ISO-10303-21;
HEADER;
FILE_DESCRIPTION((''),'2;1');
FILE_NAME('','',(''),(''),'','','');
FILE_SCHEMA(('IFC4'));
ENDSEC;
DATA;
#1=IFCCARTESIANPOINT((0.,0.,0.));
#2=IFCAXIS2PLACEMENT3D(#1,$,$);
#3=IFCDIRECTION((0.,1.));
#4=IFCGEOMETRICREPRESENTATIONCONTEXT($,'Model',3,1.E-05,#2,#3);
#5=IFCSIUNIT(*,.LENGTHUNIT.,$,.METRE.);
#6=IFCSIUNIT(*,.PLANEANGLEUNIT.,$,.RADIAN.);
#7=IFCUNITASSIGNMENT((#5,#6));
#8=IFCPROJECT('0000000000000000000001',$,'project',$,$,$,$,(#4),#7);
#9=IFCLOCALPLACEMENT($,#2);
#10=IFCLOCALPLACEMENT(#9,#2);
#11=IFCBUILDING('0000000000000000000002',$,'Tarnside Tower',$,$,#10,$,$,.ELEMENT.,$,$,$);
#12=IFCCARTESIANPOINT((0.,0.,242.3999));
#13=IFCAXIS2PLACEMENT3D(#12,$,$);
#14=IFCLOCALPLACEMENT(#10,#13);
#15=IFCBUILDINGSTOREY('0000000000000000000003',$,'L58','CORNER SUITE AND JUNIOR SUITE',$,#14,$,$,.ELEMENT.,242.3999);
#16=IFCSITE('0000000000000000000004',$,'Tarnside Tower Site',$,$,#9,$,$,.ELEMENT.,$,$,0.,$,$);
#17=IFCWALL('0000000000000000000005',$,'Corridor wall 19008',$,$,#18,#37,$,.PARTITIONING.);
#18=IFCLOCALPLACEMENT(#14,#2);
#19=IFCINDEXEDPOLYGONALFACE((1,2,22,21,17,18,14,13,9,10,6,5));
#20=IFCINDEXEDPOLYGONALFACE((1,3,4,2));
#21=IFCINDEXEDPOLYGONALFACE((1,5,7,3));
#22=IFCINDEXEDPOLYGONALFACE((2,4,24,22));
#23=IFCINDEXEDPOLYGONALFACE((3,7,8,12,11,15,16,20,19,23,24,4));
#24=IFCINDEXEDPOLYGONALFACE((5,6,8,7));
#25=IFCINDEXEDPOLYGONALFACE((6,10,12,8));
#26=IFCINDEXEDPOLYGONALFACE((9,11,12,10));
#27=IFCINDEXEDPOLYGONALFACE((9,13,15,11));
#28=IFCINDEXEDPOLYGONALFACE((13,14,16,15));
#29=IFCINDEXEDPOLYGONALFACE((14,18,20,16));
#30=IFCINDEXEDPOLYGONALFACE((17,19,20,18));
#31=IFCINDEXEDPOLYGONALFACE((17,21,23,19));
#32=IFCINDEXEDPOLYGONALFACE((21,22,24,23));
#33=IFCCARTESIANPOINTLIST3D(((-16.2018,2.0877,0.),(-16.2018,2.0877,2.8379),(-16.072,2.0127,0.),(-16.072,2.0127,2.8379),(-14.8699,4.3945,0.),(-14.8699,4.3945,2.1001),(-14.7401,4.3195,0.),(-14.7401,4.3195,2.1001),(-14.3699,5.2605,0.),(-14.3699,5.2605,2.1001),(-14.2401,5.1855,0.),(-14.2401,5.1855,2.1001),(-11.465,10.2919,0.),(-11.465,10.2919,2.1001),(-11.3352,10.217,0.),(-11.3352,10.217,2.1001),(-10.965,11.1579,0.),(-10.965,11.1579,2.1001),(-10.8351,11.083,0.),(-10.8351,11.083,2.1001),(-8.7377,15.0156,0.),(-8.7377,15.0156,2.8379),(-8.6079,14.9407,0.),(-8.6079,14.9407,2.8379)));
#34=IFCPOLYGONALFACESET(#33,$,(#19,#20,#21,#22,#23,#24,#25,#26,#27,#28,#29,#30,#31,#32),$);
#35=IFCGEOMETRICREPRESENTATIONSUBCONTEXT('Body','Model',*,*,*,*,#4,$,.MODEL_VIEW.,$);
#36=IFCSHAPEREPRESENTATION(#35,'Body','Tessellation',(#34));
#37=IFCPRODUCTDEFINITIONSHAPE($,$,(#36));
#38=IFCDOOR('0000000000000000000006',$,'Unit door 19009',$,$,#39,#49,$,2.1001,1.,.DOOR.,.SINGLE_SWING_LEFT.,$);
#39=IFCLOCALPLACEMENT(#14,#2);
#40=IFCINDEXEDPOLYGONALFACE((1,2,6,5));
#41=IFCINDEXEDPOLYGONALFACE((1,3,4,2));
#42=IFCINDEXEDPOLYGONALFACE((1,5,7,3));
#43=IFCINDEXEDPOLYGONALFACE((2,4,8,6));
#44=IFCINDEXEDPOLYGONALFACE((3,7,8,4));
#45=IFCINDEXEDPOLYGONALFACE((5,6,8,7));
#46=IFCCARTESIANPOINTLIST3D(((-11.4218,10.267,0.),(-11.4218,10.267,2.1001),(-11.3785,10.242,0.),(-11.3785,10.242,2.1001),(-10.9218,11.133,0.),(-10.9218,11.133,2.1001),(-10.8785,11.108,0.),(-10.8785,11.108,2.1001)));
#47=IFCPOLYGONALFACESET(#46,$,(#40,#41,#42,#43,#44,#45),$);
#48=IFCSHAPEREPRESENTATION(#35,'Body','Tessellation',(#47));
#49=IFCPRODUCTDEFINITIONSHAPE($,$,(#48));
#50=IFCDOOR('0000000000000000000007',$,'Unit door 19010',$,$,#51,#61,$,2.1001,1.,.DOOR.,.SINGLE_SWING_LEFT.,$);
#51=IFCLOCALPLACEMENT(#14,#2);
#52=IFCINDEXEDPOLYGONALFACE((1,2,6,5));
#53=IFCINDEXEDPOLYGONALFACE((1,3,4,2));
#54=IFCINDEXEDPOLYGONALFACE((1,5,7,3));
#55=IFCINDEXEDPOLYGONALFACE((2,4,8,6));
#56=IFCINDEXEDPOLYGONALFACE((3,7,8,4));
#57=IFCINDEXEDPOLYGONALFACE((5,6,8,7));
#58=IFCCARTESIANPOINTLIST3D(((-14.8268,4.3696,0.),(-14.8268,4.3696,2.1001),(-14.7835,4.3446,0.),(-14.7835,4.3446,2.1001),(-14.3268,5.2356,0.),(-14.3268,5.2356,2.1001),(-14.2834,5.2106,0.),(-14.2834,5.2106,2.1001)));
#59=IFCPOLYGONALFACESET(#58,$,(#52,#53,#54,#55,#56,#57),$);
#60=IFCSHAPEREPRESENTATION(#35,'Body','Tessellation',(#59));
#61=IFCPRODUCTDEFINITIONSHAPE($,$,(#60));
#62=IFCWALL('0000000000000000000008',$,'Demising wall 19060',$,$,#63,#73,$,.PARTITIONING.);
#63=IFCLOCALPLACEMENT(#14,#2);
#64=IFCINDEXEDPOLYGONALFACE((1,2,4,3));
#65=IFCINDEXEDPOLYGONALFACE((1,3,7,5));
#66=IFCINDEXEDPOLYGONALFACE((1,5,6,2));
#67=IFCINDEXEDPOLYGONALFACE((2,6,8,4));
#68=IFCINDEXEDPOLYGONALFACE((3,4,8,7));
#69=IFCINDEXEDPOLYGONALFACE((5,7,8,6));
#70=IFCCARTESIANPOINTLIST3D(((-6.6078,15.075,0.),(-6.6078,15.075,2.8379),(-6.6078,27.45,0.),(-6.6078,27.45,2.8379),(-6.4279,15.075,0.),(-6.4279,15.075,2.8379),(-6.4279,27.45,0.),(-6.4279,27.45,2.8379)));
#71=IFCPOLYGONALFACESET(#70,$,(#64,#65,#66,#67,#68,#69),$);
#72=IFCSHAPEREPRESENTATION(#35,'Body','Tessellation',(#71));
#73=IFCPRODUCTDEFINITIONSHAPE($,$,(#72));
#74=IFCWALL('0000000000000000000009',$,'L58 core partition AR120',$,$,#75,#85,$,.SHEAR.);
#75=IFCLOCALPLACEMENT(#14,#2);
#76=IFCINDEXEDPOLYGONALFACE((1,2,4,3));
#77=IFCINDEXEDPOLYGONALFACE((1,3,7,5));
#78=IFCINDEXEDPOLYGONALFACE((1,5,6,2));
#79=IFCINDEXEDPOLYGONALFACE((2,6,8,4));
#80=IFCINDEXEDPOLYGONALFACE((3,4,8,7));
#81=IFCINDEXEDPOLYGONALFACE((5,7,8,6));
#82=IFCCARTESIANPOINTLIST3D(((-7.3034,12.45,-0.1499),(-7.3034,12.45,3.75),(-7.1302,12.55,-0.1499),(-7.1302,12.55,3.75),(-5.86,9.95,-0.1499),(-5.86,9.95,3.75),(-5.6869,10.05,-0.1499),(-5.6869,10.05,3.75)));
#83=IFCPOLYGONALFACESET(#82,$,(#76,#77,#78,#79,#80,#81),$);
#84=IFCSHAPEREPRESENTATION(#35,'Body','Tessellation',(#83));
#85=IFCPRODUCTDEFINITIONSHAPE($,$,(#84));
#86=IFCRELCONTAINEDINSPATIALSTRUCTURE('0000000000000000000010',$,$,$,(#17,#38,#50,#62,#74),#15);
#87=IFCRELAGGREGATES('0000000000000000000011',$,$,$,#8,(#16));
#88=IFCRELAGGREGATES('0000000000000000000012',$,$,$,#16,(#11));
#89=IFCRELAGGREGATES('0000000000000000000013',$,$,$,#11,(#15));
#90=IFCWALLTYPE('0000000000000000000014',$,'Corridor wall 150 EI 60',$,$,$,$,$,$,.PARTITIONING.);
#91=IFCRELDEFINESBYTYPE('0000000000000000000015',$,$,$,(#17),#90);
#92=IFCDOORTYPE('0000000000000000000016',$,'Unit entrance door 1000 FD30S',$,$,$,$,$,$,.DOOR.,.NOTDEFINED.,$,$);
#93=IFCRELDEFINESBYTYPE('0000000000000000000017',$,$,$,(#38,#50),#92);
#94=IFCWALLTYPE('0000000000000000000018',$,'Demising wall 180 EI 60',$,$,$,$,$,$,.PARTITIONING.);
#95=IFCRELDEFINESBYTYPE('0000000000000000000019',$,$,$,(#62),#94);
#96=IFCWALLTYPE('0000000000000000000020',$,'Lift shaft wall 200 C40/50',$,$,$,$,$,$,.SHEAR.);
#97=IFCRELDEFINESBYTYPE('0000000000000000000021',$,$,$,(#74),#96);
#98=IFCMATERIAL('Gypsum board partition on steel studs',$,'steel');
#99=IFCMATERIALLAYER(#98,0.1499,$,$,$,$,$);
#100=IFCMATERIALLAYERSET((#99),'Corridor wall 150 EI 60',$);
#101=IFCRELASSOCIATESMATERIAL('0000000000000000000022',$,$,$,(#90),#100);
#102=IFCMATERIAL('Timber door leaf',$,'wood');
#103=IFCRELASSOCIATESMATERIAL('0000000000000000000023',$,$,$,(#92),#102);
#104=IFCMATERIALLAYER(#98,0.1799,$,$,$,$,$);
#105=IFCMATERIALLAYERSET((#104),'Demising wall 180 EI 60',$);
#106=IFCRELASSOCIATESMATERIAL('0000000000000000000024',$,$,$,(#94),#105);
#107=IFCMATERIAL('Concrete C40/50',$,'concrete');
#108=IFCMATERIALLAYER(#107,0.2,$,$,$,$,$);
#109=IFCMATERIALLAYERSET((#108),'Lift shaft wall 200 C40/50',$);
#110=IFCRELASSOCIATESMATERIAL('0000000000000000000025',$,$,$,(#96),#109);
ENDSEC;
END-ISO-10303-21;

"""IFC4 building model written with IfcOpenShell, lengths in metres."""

from ifc_helpers import new_model, si_unit, direction, frame, frame_2d, origin, place, context, subcontext, project, spatial, rectangle, extrude, material, layer, layer_set, type_object, element, fill, save


model = new_model("IFC4")

# Units and contexts
model_context = context("Model", 3, precision=1e-05, world=origin(), true_north=direction((0.0, 1.0)))
body_context = subcontext(model_context, "Body", "Model", "MODEL_VIEW")
ifc_project = project(units=[si_unit("LENGTHUNIT", "METRE"), si_unit("PLANEANGLEUNIT", "RADIAN")], contexts=[model_context])

# Site, building, storey
site_placement = place(None, origin())
site = spatial("IfcSite", under=ifc_project, at=site_placement, Name="Tarnside Tower Site", CompositionType="ELEMENT", RefElevation=0.0)
building_placement = place(site_placement, origin())
building = spatial("IfcBuilding", under=site, at=building_placement, Name="Tarnside Tower", CompositionType="ELEMENT")
storey_placement = place(building_placement, frame((0.0, 0.0, 242.3999)))
storey = spatial("IfcBuildingStorey", under=building, at=storey_placement, Name="L58", Description="CORNER SUITE AND JUNIOR SUITE", CompositionType="ELEMENT", Elevation=242.3999)

# Shared definitions
ifc_material_1 = material(Name="Gypsum board partition on steel studs", Category="steel")

# Wall, openings, doors
ifc_layer_1 = layer(ifc_material_1, 0.1499)
ifc_layer_set_1 = layer_set([ifc_layer_1], Name="Corridor wall 150 EI 60")
wall_type_1 = type_object("IfcWallType", Name="Corridor wall 150 EI 60", PredefinedType="PARTITIONING", material=ifc_layer_set_1)
wall_1_placement = place(storey_placement, frame((-8.6729, 14.978, 0.0), z_axis=(0.0, 0.0, 1.0), x_axis=(-0.500007, -0.866021, 0.0)))
wall_1 = element("IfcWall", 1, at=wall_1_placement, inside=storey, type_object=wall_type_1, Name="Corridor wall 19008", PredefinedType="PARTITIONING", context=body_context, shape_type="SweptSolid", body=[
    extrude(rectangle(XDim=14.928, YDim=0.1499, at=frame_2d((7.4639, 0.0))), origin(), (0.0, 0.0, 1.0), 2.8379),
])
opening_1_placement = place(wall_1_placement, frame((4.4543, 0.0, 0.0)))
opening_1 = element("IfcOpeningElement", 2, at=opening_1_placement, cuts=wall_1, PredefinedType="OPENING", context=body_context, shape_type="SweptSolid", body=[
    extrude(rectangle(XDim=1.0, YDim=2.1001, at=frame_2d((0.5, 1.05))), frame((0.0, 0.085, 0.0), z_axis=(0.0, -1.0, 0.0), x_axis=(1.0, 0.0, 0.0)), (0.0, 0.0, 1.0), 0.1699),
])
opening_2_placement = place(wall_1_placement, frame((11.2642, 0.0, 0.0)))
opening_2 = element("IfcOpeningElement", 3, at=opening_2_placement, cuts=wall_1, PredefinedType="OPENING", context=body_context, shape_type="SweptSolid", body=[
    extrude(rectangle(XDim=1.0, YDim=2.1001, at=frame_2d((0.5, 1.05))), frame((0.0, 0.085, 0.0), z_axis=(0.0, -1.0, 0.0), x_axis=(1.0, 0.0, 0.0)), (0.0, 0.0, 1.0), 0.1699),
])
ifc_material_2 = material(Name="Timber door leaf", Category="wood")
door_type_1 = type_object("IfcDoorType", Name="Unit entrance door 1000 FD30S", OperationType="NOTDEFINED", PredefinedType="DOOR", material=ifc_material_2)
door_1_placement = place(opening_1_placement, origin())
door_1 = element("IfcDoor", 4, at=door_1_placement, inside=storey, type_object=door_type_1, Name="Unit door 19009", OperationType="SINGLE_SWING_LEFT", OverallHeight=2.1001, OverallWidth=1.0, PredefinedType="DOOR", context=body_context, shape_type="SweptSolid", body=[
    extrude(rectangle(XDim=1.0, YDim=2.1001, at=frame_2d((0.5, 1.05))), frame((0.0, 0.0249, 0.0), z_axis=(0.0, -1.0, 0.0), x_axis=(1.0, 0.0, 0.0)), (0.0, 0.0, 1.0), 0.05),
])
fill(opening_1, door_1)
door_2_placement = place(opening_2_placement, origin())
door_2 = element("IfcDoor", 5, at=door_2_placement, inside=storey, type_object=door_type_1, Name="Unit door 19010", OperationType="SINGLE_SWING_LEFT", OverallHeight=2.1001, OverallWidth=1.0, PredefinedType="DOOR", context=body_context, shape_type="SweptSolid", body=[
    extrude(rectangle(XDim=1.0, YDim=2.1001, at=frame_2d((0.5, 1.05))), frame((0.0, 0.0249, 0.0), z_axis=(0.0, -1.0, 0.0), x_axis=(1.0, 0.0, 0.0)), (0.0, 0.0, 1.0), 0.05),
])
fill(opening_2, door_2)

# Walls
ifc_layer_2 = layer(ifc_material_1, 0.1799)
ifc_layer_set_2 = layer_set([ifc_layer_2], Name="Demising wall 180 EI 60")
wall_type_2 = type_object("IfcWallType", Name="Demising wall 180 EI 60", PredefinedType="PARTITIONING", material=ifc_layer_set_2)
wall_2_placement = place(storey_placement, frame((-6.5178, 27.45, 0.0), z_axis=(0.0, 0.0, 1.0), x_axis=(0.0, -1.0, 0.0)))
element("IfcWall", 6, at=wall_2_placement, inside=storey, type_object=wall_type_2, Name="Demising wall 19060", PredefinedType="PARTITIONING", context=body_context, shape_type="SweptSolid", body=[
    extrude(rectangle(XDim=12.375, YDim=0.1799, at=frame_2d((6.1875, 0.0))), origin(), (0.0, 0.0, 1.0), 2.8379),
])
ifc_material_3 = material(Name="Concrete C40/50", Category="concrete")
ifc_layer_3 = layer(ifc_material_3, 0.2)
ifc_layer_set_3 = layer_set([ifc_layer_3], Name="Lift shaft wall 200 C40/50")
wall_type_3 = type_object("IfcWallType", Name="Lift shaft wall 200 C40/50", PredefinedType="SHEAR", material=ifc_layer_set_3)
wall_3_placement = place(storey_placement, frame((-5.7734, 10.0, -0.1499), z_axis=(0.0, 0.0, 1.0), x_axis=(-0.499996, 0.866028, 0.0)))
element("IfcWall", 7, at=wall_3_placement, inside=storey, type_object=wall_type_3, Name="L58 core partition AR120", PredefinedType="SHEAR", context=body_context, shape_type="SweptSolid", body=[
    extrude(rectangle(XDim=2.8867, YDim=0.2, at=frame_2d((1.4434, 0.0))), origin(), (0.0, 0.0, 1.0), 3.8999),
])

save(model, "model.ifc")
